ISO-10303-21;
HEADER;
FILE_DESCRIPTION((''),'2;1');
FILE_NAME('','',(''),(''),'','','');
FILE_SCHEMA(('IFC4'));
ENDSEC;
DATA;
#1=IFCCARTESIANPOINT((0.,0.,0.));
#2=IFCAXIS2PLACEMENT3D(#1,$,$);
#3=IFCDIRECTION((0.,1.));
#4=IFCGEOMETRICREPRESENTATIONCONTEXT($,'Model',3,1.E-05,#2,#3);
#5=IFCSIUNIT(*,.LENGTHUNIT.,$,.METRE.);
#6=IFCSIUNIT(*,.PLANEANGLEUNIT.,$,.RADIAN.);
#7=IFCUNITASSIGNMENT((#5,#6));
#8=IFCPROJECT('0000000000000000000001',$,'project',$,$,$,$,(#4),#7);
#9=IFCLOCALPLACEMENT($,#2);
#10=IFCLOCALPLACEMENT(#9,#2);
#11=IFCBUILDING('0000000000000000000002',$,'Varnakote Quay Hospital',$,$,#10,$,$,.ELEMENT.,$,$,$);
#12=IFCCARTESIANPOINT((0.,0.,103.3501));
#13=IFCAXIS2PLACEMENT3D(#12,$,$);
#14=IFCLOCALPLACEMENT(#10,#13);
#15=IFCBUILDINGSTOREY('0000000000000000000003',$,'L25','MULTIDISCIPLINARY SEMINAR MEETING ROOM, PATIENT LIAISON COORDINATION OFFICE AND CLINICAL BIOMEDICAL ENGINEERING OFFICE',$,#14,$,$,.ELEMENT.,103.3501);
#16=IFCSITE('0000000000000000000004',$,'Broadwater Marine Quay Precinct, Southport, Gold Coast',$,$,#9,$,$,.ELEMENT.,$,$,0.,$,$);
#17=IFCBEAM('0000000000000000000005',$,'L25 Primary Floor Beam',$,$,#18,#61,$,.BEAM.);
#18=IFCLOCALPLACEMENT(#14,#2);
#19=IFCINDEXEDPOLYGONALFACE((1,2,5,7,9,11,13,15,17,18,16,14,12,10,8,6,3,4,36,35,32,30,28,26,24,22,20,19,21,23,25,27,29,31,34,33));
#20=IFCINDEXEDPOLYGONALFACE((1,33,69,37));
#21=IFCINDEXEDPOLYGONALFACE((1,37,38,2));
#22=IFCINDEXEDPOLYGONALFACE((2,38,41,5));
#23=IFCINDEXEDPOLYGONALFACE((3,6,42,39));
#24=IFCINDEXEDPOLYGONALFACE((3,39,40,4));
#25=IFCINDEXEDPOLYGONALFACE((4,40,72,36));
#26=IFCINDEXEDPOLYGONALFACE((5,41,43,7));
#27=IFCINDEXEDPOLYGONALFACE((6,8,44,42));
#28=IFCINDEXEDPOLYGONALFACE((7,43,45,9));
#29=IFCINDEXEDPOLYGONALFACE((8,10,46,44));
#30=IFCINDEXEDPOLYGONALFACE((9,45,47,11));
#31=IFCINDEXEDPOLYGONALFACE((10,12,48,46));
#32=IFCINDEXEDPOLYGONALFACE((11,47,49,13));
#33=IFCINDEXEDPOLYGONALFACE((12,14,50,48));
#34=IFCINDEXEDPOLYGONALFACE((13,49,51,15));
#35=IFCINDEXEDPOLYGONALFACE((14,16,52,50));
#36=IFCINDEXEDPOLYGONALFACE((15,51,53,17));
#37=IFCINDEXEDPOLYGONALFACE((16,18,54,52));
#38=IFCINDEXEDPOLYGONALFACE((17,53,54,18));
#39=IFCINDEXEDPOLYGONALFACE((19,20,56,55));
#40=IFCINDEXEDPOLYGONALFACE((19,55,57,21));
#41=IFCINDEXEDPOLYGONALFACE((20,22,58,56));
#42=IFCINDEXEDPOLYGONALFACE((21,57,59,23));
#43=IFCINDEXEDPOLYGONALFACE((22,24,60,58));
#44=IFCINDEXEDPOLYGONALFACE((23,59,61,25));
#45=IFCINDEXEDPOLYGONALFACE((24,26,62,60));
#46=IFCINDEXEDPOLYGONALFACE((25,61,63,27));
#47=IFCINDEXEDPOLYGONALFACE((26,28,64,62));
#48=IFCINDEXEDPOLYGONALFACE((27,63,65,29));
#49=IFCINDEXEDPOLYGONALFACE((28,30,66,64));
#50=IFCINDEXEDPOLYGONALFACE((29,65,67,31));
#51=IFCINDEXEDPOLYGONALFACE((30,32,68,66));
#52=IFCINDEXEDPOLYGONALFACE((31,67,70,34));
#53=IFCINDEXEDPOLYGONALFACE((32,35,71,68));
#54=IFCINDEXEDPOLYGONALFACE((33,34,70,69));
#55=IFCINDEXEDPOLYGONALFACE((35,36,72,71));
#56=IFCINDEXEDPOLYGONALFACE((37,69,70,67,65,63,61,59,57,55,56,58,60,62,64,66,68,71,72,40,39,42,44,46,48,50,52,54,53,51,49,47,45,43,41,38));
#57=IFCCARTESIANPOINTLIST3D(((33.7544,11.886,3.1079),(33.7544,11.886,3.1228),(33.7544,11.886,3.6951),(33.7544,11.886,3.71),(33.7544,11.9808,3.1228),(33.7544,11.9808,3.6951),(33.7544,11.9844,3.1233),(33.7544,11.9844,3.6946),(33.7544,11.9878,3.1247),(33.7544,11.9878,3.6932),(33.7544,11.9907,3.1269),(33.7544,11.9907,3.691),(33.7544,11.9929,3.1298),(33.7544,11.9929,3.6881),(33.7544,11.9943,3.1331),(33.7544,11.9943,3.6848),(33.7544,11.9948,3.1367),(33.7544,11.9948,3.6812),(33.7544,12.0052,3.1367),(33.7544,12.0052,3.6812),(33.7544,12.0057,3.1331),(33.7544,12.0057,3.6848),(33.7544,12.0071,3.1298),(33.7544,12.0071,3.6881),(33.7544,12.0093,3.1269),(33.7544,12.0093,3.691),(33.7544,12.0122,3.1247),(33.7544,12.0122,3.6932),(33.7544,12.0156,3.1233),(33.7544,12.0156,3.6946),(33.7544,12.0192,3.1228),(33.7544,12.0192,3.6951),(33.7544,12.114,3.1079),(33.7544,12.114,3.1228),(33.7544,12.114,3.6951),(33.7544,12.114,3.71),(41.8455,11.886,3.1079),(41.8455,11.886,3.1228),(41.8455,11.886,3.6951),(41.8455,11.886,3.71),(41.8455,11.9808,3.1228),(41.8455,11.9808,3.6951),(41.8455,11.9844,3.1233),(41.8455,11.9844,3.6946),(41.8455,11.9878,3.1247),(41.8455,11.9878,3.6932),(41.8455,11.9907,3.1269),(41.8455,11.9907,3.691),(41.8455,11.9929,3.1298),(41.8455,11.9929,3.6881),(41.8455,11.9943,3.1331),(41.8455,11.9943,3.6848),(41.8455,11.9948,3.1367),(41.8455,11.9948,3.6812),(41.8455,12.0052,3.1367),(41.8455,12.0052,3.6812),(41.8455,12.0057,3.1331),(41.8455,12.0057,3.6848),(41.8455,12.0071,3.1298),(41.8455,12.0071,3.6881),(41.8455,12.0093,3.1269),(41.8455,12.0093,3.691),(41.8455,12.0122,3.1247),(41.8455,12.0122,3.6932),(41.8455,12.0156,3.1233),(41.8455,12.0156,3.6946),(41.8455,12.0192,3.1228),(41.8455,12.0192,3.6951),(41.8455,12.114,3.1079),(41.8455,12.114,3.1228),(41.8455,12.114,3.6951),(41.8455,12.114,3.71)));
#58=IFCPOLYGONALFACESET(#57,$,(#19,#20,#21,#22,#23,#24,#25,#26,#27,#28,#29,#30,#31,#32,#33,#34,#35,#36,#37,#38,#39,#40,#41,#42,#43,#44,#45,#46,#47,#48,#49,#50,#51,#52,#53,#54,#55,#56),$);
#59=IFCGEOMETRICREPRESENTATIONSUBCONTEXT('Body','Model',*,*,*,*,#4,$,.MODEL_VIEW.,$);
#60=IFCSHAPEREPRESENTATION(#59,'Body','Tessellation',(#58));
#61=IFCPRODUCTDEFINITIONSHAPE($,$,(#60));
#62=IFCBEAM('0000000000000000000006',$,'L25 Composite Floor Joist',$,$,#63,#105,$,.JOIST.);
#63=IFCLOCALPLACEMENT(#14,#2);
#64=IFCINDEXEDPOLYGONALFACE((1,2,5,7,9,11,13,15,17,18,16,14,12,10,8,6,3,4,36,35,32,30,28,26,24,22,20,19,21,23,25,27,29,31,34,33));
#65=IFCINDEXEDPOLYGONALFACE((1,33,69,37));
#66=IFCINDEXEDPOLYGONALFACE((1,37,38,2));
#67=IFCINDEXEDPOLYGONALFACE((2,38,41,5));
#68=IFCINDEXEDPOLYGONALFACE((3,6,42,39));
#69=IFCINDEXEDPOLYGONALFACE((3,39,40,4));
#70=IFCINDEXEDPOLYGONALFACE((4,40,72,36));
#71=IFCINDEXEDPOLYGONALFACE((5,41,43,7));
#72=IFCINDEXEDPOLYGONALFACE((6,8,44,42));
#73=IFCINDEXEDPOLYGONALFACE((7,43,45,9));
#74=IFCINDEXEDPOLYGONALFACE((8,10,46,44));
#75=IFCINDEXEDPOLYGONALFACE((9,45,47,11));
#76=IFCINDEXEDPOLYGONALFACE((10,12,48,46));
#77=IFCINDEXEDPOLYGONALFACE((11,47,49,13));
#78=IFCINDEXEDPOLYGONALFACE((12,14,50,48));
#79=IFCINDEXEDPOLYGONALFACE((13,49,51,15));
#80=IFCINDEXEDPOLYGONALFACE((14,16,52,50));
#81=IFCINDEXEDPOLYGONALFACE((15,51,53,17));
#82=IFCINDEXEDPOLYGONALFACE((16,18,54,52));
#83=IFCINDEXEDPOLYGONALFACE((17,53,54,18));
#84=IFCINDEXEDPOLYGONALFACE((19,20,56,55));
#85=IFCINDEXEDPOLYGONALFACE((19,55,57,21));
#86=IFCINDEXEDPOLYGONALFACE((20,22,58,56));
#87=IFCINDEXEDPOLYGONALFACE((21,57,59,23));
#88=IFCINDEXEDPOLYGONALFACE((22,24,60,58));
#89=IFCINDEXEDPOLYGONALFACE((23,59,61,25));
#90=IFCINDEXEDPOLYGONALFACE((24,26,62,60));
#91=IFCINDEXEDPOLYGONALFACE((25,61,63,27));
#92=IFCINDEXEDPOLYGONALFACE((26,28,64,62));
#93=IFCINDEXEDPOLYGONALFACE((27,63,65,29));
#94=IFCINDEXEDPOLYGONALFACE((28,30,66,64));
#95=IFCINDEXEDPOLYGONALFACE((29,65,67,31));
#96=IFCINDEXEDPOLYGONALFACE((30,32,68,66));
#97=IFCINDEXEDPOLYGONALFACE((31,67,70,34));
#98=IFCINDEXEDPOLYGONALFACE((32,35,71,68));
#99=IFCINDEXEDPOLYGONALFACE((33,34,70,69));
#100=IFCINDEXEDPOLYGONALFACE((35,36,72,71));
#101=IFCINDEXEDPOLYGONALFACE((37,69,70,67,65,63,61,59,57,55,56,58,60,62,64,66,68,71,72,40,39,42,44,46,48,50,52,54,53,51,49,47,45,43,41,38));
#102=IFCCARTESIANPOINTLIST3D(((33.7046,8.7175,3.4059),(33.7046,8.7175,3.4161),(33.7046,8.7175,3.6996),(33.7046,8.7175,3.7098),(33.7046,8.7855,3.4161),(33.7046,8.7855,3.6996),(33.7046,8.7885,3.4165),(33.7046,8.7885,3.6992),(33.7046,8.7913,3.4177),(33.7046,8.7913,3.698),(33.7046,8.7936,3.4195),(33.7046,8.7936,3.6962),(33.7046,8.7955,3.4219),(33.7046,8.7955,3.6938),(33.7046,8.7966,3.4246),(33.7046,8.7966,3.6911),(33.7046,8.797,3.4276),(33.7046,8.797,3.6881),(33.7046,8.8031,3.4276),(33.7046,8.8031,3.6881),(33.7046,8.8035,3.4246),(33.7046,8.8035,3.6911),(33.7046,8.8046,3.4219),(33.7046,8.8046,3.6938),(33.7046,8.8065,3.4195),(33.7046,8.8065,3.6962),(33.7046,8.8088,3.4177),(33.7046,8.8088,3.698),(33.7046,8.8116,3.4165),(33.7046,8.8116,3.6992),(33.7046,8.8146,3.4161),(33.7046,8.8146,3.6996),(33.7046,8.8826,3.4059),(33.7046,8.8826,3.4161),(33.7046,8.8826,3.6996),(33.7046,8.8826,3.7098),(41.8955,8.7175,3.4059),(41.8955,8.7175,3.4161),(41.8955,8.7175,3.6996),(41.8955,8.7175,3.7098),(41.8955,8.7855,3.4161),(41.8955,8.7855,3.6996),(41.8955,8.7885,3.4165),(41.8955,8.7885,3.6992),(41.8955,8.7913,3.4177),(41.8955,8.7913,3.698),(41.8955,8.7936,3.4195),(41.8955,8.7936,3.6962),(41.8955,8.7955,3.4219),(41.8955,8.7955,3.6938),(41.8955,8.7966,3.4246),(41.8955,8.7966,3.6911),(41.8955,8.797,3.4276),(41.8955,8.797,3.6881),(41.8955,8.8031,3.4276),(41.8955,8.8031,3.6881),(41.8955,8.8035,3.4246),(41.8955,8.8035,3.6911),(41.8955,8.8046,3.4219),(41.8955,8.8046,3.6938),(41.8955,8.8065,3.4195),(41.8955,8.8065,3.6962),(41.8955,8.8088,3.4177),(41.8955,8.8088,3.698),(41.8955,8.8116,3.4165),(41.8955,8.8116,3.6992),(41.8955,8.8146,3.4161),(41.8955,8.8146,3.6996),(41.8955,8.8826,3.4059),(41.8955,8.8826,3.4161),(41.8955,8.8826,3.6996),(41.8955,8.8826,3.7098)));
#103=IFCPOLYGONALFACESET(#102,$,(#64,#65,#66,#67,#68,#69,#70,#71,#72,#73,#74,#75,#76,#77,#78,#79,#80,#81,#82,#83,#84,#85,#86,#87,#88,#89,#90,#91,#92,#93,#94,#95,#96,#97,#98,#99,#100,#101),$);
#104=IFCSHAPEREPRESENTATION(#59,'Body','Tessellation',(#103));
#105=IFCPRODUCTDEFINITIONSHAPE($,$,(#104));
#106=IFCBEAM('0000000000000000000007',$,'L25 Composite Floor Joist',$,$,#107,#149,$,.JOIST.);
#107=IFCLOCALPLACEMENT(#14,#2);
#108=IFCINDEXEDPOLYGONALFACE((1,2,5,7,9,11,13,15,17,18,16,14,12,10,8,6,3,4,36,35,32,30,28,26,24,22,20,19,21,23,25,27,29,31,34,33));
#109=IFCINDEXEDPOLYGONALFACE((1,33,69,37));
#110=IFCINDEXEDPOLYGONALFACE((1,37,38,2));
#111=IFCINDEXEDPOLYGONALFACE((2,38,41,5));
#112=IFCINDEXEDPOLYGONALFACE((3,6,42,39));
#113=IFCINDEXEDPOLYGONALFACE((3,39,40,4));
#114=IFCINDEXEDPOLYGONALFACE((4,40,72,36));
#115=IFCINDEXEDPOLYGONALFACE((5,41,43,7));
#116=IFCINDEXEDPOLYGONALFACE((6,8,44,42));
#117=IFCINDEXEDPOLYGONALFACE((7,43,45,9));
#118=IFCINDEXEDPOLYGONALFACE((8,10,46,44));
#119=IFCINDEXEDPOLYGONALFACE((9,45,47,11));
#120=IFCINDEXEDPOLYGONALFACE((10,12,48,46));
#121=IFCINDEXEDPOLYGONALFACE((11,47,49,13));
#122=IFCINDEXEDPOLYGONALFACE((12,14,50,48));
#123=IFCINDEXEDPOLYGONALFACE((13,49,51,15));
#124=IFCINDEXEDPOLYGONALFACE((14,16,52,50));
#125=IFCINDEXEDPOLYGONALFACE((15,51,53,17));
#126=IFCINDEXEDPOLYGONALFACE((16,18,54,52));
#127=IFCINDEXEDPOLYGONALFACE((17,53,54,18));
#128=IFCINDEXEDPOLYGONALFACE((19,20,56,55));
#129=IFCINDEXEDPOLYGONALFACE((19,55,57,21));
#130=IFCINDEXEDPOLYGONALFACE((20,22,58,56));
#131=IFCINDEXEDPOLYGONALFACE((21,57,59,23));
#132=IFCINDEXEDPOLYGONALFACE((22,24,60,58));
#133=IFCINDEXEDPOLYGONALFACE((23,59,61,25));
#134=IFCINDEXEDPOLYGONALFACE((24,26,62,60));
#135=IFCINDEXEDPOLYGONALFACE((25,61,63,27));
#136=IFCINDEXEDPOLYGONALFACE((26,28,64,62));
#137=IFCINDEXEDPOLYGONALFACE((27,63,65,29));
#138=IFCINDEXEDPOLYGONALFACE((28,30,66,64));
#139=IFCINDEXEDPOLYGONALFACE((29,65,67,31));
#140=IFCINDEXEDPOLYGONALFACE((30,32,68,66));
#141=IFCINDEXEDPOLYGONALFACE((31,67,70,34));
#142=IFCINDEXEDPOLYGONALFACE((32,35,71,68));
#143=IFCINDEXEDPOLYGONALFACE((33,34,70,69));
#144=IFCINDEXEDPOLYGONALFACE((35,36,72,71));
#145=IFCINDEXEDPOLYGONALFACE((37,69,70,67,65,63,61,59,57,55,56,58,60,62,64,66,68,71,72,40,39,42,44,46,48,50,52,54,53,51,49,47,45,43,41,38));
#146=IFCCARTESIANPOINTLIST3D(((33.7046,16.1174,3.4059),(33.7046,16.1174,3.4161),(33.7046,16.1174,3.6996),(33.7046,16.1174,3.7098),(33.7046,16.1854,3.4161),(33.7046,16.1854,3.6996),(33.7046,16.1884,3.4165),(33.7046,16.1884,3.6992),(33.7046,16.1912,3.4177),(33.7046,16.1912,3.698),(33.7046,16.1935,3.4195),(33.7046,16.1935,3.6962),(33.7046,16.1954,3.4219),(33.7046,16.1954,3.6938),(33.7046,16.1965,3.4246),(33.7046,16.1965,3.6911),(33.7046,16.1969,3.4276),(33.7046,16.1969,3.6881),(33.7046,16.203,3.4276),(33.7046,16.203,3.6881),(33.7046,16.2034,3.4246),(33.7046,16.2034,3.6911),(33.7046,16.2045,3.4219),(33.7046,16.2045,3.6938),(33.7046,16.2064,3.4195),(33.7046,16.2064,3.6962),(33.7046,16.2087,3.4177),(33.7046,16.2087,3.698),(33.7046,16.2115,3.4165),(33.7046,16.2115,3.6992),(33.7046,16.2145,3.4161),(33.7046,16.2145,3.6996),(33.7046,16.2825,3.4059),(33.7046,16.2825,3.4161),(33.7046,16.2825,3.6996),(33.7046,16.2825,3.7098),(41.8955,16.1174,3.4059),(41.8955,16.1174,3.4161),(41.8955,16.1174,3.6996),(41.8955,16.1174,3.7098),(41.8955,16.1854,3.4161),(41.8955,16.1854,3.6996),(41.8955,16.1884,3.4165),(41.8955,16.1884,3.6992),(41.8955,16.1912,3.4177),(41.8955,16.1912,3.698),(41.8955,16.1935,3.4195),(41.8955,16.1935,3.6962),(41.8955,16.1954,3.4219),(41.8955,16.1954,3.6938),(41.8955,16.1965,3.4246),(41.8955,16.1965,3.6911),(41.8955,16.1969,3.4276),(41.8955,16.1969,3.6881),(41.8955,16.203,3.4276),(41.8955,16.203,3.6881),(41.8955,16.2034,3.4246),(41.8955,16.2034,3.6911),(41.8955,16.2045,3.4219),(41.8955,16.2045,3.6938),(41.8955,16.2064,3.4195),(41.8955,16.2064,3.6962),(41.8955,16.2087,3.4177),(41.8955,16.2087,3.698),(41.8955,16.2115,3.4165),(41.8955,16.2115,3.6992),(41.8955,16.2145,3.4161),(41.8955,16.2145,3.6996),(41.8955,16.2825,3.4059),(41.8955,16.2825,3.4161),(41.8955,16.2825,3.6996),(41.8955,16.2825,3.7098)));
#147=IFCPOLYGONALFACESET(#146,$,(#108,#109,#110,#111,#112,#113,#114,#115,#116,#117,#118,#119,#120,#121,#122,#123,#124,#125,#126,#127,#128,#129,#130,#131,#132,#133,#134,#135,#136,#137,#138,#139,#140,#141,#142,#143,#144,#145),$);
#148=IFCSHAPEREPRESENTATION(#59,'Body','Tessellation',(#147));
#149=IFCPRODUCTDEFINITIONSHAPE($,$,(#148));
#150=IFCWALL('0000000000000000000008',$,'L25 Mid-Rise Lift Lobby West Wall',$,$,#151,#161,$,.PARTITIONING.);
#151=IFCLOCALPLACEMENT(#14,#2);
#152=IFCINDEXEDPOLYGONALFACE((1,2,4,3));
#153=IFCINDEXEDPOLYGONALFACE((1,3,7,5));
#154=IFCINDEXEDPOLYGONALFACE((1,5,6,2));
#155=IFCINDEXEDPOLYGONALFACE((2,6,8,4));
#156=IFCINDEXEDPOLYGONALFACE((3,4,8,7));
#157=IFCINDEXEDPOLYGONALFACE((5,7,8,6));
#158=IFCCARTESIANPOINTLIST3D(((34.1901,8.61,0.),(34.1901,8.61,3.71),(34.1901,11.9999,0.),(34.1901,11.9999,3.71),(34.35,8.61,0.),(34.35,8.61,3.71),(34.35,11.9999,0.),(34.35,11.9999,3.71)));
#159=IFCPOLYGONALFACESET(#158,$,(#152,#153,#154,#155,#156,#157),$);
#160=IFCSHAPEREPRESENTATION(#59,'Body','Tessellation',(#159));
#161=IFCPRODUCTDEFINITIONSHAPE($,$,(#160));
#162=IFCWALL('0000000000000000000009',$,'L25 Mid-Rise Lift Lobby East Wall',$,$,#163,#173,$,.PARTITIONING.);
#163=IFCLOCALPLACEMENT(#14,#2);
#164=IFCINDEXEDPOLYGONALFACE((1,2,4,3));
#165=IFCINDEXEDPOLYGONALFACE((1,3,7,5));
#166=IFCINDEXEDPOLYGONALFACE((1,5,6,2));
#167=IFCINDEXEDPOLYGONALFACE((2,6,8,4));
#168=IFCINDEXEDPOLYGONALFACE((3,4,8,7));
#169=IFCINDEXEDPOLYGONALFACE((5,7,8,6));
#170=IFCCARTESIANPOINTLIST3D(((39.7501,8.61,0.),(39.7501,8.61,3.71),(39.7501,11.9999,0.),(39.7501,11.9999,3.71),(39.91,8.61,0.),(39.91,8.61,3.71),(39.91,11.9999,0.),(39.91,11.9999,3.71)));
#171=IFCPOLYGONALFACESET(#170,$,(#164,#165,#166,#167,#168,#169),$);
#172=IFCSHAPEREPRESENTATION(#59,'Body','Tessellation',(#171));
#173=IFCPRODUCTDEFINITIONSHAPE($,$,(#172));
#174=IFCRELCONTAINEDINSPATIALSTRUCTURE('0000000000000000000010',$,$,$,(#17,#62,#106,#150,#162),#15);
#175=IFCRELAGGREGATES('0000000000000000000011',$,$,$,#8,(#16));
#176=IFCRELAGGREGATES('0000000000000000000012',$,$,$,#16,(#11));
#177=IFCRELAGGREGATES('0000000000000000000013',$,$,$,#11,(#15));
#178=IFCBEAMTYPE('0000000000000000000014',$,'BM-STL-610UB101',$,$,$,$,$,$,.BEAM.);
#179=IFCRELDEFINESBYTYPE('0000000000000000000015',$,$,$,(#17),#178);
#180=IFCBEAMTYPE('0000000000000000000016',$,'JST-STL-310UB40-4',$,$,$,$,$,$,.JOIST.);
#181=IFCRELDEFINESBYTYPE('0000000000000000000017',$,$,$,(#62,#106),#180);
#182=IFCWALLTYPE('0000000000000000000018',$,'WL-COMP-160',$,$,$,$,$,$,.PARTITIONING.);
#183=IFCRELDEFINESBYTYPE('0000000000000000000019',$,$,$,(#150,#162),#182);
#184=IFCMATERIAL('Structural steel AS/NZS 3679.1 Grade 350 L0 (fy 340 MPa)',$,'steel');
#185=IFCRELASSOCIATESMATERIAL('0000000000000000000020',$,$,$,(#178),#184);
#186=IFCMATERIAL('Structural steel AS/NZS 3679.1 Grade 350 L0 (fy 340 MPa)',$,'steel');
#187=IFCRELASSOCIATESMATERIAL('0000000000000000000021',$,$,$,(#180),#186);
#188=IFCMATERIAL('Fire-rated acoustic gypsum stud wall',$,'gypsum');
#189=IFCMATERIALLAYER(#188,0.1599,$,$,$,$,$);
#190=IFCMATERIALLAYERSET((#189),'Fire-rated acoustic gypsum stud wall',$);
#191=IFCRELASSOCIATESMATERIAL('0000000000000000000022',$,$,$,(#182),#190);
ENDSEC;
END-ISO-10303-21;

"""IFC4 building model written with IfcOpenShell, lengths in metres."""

from ifc_helpers import new_model, si_unit, direction, frame, frame_2d, origin, origin_2d, place, context, subcontext, project, spatial, rectangle, i_section, extrude, material, layer, layer_set, material_profile, profile_set, type_object, element, save


model = new_model("IFC4")

# Units and contexts
model_context = context("Model", 3, precision=1e-05, world=origin(), true_north=direction((0.0, 1.0)))
body_context = subcontext(model_context, "Body", "Model", "MODEL_VIEW")
ifc_project = project(units=[si_unit("LENGTHUNIT", "METRE"), si_unit("PLANEANGLEUNIT", "RADIAN")], contexts=[model_context])

# Site, building, storey
site_placement = place(None, origin())
site = spatial("IfcSite", under=ifc_project, at=site_placement, Name="Broadwater Marine Quay Precinct, Southport, Gold Coast", CompositionType="ELEMENT", RefElevation=0.0)
building_placement = place(site_placement, origin())
building = spatial("IfcBuilding", under=site, at=building_placement, Name="Varnakote Quay Hospital", CompositionType="ELEMENT")
storey_placement = place(building_placement, frame((0.0, 0.0, 103.3501)))
storey = spatial("IfcBuildingStorey", under=building, at=storey_placement, Name="L25", Description="MULTIDISCIPLINARY SEMINAR MEETING ROOM, PATIENT LIAISON COORDINATION OFFICE AND CLINICAL BIOMEDICAL ENGINEERING OFFICE", CompositionType="ELEMENT", Elevation=103.3501)

# Beams
ifc_material_1 = material(Name="Structural steel AS/NZS 3679.1 Grade 350 L0 (fy 340 MPa)", Category="steel")
ifc_material_profile_1 = material_profile(ifc_material_1, i_section(OverallWidth=0.228, OverallDepth=0.6021, WebThickness=0.0105, FlangeThickness=0.0149, FilletRadius=0.0139, at=origin_2d()), Name="610UB101")
ifc_profile_set_1 = profile_set([ifc_material_profile_1], Name="Structural steel AS/NZS 3679.1 Grade 350 L0 (fy 340 MPa)")
beam_type_1 = type_object("IfcBeamType", Name="BM-STL-610UB101", PredefinedType="BEAM", material=ifc_profile_set_1)
beam_1_placement = place(storey_placement, frame((33.7544, 12.0, 3.4089), z_axis=(1.0, 0.0, 0.0), x_axis=(0.0, 1.0, 0.0)))
element("IfcBeam", 1, at=beam_1_placement, inside=storey, type_object=beam_type_1, Name="L25 Primary Floor Beam", PredefinedType="BEAM", context=body_context, shape_type="SweptSolid", body=[
    extrude(i_section(OverallWidth=0.228, OverallDepth=0.6021, WebThickness=0.0105, FlangeThickness=0.0149, FilletRadius=0.0139, at=origin_2d()), origin(), (0.0, 0.0, 1.0), 8.0911),
])
ifc_material_2 = material(Name="Structural steel AS/NZS 3679.1 Grade 350 L0 (fy 340 MPa)", Category="steel")
ifc_material_profile_2 = material_profile(ifc_material_2, i_section(OverallWidth=0.165, OverallDepth=0.304, WebThickness=0.0061, FlangeThickness=0.0103, FilletRadius=0.0115, at=origin_2d()), Name="310UB40.4")
ifc_profile_set_2 = profile_set([ifc_material_profile_2], Name="Structural steel AS/NZS 3679.1 Grade 350 L0 (fy 340 MPa)")
beam_type_2 = type_object("IfcBeamType", Name="JST-STL-310UB40-4", PredefinedType="JOIST", material=ifc_profile_set_2)
for number, where, z_axis, x_axis, name in (
    (2, (33.7046, 8.8, 3.5579), (1.0, 0.0, 0.0), (0.0, 1.0, 0.0), "L25 Composite Floor Joist"),
    (3, (33.7046, 16.2, 3.5579), (1.0, 0.0, 0.0), (0.0, 1.0, 0.0), "L25 Composite Floor Joist"),
):
    element("IfcBeam", number, at=place(storey_placement, frame(where, z_axis=z_axis, x_axis=x_axis)), inside=storey, type_object=beam_type_2, Name=name, PredefinedType="JOIST", context=body_context, shape_type="SweptSolid", body=[
        extrude(i_section(OverallWidth=0.165, OverallDepth=0.304, WebThickness=0.0061, FlangeThickness=0.0103, FilletRadius=0.0115, at=origin_2d()), origin(), (0.0, 0.0, 1.0), 8.1909),
    ])

# Walls
ifc_material_3 = material(Name="Fire-rated acoustic gypsum stud wall", Category="gypsum")
ifc_layer_1 = layer(ifc_material_3, 0.1599)
ifc_layer_set_1 = layer_set([ifc_layer_1], Name="Fire-rated acoustic gypsum stud wall")
wall_type_1 = type_object("IfcWallType", Name="WL-COMP-160", PredefinedType="PARTITIONING", material=ifc_layer_set_1)
for number, where, z_axis, x_axis, name in (
    (4, (34.27, 8.6101, 0.0), (0.0, 0.0, 1.0), (0.0, 1.0, 0.0), "L25 Mid-Rise Lift Lobby West Wall"),
    (5, (39.8301, 8.6101, 0.0), (0.0, 0.0, 1.0), (0.0, 1.0, 0.0), "L25 Mid-Rise Lift Lobby East Wall"),
):
    element("IfcWall", number, at=place(storey_placement, frame(where, z_axis=z_axis, x_axis=x_axis)), inside=storey, type_object=wall_type_1, Name=name, PredefinedType="PARTITIONING", context=body_context, shape_type="SweptSolid", body=[
        extrude(rectangle(XDim=3.3899, YDim=0.1599, at=frame_2d((1.6948, 0.0))), origin(), (0.0, 0.0, 1.0), 3.71),
    ])

save(model, "model.ifc")
